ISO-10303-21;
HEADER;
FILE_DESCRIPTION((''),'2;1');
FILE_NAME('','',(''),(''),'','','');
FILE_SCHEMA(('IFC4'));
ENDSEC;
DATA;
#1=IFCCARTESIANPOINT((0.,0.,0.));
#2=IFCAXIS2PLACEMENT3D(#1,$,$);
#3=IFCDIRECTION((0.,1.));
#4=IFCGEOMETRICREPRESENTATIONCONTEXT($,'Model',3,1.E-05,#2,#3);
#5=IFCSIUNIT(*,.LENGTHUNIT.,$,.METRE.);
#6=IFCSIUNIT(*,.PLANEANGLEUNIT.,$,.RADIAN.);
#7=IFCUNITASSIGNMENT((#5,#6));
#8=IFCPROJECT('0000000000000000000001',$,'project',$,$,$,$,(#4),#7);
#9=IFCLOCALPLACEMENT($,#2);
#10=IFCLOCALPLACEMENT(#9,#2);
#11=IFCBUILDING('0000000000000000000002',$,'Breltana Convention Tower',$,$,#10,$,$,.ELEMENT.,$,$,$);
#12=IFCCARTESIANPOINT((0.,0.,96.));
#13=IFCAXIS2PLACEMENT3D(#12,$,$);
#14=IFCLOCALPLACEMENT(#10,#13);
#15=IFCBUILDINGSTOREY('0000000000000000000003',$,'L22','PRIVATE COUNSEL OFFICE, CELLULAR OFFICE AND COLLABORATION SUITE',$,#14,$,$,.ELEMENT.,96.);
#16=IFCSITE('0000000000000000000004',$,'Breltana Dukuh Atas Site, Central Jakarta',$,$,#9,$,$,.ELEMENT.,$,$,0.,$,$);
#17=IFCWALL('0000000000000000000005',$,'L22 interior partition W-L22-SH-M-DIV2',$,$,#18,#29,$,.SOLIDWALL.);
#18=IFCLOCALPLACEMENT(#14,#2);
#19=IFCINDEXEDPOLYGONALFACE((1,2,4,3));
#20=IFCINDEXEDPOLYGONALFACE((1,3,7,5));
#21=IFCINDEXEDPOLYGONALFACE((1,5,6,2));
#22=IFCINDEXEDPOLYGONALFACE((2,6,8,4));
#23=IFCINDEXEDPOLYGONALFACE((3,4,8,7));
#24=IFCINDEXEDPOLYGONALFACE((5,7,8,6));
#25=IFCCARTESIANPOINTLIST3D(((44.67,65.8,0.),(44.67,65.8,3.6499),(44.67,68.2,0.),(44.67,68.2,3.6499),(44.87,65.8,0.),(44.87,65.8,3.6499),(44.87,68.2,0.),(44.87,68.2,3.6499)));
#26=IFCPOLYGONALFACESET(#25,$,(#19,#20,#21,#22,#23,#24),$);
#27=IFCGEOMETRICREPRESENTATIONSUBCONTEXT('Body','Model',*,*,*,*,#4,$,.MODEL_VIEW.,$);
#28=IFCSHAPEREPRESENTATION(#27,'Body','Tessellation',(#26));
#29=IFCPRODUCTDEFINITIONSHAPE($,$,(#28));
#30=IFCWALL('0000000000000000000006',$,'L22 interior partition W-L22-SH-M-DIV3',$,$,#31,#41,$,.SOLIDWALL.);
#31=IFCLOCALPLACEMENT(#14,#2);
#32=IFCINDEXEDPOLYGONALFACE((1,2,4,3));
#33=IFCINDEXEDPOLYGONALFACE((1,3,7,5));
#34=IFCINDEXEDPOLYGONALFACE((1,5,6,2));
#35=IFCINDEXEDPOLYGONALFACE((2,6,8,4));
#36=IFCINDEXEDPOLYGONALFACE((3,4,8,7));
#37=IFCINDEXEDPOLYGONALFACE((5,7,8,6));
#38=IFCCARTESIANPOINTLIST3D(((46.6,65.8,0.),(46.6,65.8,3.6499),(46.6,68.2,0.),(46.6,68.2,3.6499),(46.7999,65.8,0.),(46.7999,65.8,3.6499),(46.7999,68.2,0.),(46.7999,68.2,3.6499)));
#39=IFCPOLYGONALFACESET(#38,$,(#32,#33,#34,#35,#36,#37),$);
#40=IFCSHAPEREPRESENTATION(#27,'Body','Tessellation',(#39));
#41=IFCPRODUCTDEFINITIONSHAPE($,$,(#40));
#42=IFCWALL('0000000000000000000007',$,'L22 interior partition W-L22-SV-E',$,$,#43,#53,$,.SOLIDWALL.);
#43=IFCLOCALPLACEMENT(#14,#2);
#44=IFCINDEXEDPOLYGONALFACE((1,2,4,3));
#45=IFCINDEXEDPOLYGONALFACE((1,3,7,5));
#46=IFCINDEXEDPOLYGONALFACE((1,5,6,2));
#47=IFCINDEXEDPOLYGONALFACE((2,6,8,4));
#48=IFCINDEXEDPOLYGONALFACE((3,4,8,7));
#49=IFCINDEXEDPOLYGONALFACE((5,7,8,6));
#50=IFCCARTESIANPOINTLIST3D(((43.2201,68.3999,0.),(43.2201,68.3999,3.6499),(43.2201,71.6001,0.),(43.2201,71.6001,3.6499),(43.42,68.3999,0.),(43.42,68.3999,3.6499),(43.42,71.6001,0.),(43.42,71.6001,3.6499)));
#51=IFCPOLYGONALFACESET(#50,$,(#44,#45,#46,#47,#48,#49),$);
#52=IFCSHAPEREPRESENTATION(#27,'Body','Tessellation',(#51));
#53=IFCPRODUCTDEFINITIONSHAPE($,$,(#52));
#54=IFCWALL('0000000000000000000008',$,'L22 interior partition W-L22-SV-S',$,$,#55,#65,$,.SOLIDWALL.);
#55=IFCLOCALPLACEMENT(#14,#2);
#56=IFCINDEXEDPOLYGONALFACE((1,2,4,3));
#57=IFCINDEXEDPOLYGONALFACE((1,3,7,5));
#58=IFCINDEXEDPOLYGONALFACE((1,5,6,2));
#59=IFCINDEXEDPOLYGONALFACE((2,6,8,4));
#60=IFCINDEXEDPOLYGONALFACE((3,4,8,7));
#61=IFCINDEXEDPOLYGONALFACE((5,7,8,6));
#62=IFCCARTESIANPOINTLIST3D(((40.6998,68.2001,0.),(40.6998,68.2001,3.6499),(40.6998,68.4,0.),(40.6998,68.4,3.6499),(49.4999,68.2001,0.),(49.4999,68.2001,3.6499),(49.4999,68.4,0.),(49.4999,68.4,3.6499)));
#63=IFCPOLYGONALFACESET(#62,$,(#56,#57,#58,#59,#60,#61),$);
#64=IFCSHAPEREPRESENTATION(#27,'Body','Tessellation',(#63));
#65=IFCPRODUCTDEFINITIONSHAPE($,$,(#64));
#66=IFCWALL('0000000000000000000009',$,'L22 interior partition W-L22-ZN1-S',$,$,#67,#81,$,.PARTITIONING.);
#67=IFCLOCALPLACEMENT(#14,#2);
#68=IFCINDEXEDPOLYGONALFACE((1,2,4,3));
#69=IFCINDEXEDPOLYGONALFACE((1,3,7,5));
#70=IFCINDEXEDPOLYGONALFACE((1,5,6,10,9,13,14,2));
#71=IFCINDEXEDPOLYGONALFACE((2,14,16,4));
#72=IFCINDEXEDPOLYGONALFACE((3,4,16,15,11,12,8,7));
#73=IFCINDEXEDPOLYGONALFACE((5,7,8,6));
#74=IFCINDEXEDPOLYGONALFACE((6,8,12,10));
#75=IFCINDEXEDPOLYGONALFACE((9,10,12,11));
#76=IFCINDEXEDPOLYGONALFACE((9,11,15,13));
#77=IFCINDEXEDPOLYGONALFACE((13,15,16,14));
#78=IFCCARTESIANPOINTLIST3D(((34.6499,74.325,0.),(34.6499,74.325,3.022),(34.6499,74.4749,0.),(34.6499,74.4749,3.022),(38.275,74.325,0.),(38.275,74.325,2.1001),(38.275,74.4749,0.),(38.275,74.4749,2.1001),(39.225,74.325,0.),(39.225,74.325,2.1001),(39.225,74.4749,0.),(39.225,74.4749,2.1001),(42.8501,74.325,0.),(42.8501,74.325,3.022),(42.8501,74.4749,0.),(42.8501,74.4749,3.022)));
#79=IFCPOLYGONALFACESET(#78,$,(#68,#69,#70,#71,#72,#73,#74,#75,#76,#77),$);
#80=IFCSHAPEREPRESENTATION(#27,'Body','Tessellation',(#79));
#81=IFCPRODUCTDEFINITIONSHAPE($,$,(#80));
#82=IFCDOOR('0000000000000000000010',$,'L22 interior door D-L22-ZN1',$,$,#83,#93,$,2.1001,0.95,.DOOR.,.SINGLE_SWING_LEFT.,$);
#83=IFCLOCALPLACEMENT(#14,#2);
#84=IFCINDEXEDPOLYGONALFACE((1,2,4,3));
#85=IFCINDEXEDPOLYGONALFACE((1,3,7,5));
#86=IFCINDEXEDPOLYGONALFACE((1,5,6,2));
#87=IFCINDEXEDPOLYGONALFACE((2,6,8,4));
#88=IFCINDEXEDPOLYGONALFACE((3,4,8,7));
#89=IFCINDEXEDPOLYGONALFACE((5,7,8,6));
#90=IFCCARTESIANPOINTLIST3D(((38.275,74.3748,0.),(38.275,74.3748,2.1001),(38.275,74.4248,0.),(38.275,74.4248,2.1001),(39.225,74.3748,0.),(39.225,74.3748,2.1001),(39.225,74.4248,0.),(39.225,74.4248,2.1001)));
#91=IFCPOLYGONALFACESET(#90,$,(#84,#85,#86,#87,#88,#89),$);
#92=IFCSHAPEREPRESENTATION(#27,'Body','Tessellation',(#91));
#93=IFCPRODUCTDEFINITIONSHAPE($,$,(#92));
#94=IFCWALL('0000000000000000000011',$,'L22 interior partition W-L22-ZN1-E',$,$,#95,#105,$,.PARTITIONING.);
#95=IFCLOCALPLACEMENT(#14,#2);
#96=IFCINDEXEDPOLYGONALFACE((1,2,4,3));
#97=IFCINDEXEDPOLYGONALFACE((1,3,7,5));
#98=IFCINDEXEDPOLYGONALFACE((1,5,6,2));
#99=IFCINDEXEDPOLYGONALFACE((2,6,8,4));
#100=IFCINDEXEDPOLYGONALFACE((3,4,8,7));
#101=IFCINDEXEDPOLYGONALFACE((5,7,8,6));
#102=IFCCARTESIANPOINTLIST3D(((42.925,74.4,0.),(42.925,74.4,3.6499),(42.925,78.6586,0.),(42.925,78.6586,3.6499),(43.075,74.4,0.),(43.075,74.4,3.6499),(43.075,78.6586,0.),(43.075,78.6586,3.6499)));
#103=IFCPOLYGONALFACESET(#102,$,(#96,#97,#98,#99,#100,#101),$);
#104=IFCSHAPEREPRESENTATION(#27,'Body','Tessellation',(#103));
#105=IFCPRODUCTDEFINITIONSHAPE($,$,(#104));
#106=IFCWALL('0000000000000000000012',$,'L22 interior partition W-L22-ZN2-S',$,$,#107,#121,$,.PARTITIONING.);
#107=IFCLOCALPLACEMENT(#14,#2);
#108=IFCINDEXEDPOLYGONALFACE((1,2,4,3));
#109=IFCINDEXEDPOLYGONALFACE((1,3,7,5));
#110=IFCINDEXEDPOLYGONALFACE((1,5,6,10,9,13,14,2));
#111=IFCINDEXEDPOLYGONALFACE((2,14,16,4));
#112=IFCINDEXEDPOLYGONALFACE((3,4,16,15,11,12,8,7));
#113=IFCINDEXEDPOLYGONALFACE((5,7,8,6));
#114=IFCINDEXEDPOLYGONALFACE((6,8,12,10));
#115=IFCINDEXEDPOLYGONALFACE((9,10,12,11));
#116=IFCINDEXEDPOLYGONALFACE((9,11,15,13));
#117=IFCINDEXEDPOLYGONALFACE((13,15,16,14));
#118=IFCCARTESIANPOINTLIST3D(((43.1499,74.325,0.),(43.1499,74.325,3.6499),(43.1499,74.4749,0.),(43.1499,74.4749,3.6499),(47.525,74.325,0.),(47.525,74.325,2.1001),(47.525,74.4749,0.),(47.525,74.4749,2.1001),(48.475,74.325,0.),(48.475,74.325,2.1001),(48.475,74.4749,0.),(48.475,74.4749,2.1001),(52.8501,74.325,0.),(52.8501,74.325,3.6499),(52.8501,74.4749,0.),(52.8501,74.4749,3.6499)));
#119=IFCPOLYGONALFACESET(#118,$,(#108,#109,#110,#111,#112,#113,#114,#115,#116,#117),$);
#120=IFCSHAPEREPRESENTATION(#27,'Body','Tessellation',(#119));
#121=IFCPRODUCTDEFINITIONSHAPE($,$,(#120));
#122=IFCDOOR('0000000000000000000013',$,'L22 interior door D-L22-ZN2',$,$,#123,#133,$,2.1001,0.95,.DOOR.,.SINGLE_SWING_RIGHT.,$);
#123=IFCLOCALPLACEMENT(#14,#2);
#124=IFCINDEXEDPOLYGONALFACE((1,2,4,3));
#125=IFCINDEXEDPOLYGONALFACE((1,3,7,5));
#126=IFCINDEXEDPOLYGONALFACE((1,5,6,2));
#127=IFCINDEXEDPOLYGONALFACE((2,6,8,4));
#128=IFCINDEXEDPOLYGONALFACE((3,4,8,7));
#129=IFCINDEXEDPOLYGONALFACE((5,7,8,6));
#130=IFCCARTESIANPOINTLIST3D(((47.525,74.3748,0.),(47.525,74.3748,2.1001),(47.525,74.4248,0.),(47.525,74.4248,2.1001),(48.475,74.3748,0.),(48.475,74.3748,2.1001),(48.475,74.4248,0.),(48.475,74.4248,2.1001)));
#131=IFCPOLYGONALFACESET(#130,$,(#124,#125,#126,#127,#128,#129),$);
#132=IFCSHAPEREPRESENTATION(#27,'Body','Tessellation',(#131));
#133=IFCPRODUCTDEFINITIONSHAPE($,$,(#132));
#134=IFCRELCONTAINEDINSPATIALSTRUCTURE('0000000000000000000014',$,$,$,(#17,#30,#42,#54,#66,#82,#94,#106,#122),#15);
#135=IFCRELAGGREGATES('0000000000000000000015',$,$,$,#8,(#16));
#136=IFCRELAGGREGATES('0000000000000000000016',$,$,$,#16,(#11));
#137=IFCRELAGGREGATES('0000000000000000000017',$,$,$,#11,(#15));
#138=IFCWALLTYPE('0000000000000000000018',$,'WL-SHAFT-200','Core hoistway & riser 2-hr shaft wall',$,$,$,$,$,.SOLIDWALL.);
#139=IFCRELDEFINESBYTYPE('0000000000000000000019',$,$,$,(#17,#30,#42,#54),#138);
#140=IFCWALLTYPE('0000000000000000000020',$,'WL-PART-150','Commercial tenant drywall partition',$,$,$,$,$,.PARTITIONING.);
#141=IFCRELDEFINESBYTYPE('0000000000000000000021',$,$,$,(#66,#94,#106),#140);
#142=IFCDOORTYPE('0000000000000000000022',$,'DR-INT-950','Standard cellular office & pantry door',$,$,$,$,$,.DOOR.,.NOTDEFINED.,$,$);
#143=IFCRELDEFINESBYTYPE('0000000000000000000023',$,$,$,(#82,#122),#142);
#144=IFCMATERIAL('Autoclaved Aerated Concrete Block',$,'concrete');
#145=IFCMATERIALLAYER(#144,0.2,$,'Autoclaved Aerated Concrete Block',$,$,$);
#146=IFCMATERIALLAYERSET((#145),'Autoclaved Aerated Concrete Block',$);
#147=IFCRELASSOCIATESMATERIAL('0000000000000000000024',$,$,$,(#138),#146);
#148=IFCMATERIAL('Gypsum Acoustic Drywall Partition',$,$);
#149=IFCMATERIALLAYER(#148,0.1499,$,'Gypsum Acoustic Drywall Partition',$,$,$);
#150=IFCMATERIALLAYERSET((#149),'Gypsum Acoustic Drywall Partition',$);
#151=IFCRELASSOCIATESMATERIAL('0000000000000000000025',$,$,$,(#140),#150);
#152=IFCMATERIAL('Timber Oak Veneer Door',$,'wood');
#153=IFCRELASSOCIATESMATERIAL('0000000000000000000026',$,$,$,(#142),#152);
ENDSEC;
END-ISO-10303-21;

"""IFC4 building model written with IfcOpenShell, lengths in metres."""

from ifc_helpers import new_model, si_unit, direction, frame, frame_2d, origin, place, context, subcontext, project, spatial, rectangle, extrude, source, transform, mapped, material, layer, layer_set, type_object, type_shapes, element, fill, save


model = new_model("IFC4")

# Units and contexts
model_context = context("Model", 3, precision=1e-05, world=origin(), true_north=direction((0.0, 1.0)))
body_context = subcontext(model_context, "Body", "Model", "MODEL_VIEW")
ifc_project = project(units=[si_unit("LENGTHUNIT", "METRE"), si_unit("PLANEANGLEUNIT", "RADIAN")], contexts=[model_context])

# Site, building, storey
site_placement = place(None, origin())
site = spatial("IfcSite", under=ifc_project, at=site_placement, Name="Breltana Dukuh Atas Site, Central Jakarta", CompositionType="ELEMENT", RefElevation=0.0)
building_placement = place(site_placement, origin())
building = spatial("IfcBuilding", under=site, at=building_placement, Name="Breltana Convention Tower", CompositionType="ELEMENT")
storey_placement = place(building_placement, frame((0.0, 0.0, 96.0)))
storey = spatial("IfcBuildingStorey", under=building, at=storey_placement, Name="L22", Description="PRIVATE COUNSEL OFFICE, CELLULAR OFFICE AND COLLABORATION SUITE", CompositionType="ELEMENT", Elevation=96.0)

# Walls
ifc_material_1 = material(Name="Autoclaved Aerated Concrete Block", Category="concrete")
ifc_layer_1 = layer(ifc_material_1, 0.2, Name="Autoclaved Aerated Concrete Block")
ifc_layer_set_1 = layer_set([ifc_layer_1], Name="Autoclaved Aerated Concrete Block")
wall_type_1 = type_object("IfcWallType", Name="WL-SHAFT-200", Description="Core hoistway & riser 2-hr shaft wall", PredefinedType="SOLIDWALL", material=ifc_layer_set_1)
shared_shape_1 = source(origin(), body_context, "Body", "SweptSolid", [
    extrude(rectangle(XDim=2.3999, YDim=0.2, at=frame_2d((1.2, 0.0))), origin(), (0.0, 0.0, 1.0), 3.6499),
])
for number, where, z_axis, x_axis, name in (
    (1, (44.77, 65.8, 0.0), (0.0, 0.0, 1.0), (0.0, 1.0, 0.0), "L22 interior partition W-L22-SH-M-DIV2"),
    (2, (46.7, 65.8, 0.0), (0.0, 0.0, 1.0), (0.0, 1.0, 0.0), "L22 interior partition W-L22-SH-M-DIV3"),
):
    element("IfcWall", number, at=place(storey_placement, frame(where, z_axis=z_axis, x_axis=x_axis)), inside=storey, type_object=wall_type_1, Name=name, PredefinedType="SOLIDWALL", context=body_context, shape_type="MappedRepresentation", body=[
        mapped(shared_shape_1, transform((0.0, 0.0, 0.0), scale=1.0)),
    ])
shared_shape_2 = source(origin(), body_context, "Body", "SweptSolid", [
    extrude(rectangle(XDim=3.2002, YDim=0.2, at=frame_2d((1.6001, 0.0))), origin(), (0.0, 0.0, 1.0), 3.6499),
])
wall_1_placement = place(storey_placement, frame((43.3201, 68.3999, 0.0), z_axis=(0.0, 0.0, 1.0), x_axis=(0.0, 1.0, 0.0)))
element("IfcWall", 3, at=wall_1_placement, inside=storey, type_object=wall_type_1, Name="L22 interior partition W-L22-SV-E", PredefinedType="SOLIDWALL", context=body_context, shape_type="MappedRepresentation", body=[
    mapped(shared_shape_2, transform((0.0, 0.0, 0.0), scale=1.0)),
])
shared_shape_3 = source(origin(), body_context, "Body", "SweptSolid", [
    extrude(rectangle(XDim=8.8, YDim=0.2, at=frame_2d((4.3999, 0.0))), origin(), (0.0, 0.0, 1.0), 3.6499),
])
wall_2_placement = place(storey_placement, frame((40.7, 68.3, 0.0), z_axis=(0.0, 0.0, 1.0), x_axis=(1.0, 0.0, 0.0)))
element("IfcWall", 4, at=wall_2_placement, inside=storey, type_object=wall_type_1, Name="L22 interior partition W-L22-SV-S", PredefinedType="SOLIDWALL", context=body_context, shape_type="MappedRepresentation", body=[
    mapped(shared_shape_3, transform((0.0, 0.0, 0.0), scale=1.0)),
])

# Wall, opening, door
ifc_material_2 = material(Name="Gypsum Acoustic Drywall Partition")
ifc_layer_2 = layer(ifc_material_2, 0.1499, Name="Gypsum Acoustic Drywall Partition")
ifc_layer_set_2 = layer_set([ifc_layer_2], Name="Gypsum Acoustic Drywall Partition")
wall_type_2 = type_object("IfcWallType", Name="WL-PART-150", Description="Commercial tenant drywall partition", PredefinedType="PARTITIONING", material=ifc_layer_set_2)
shared_shape_4 = source(origin(), body_context, "Body", "SweptSolid", [
    extrude(rectangle(XDim=8.2002, YDim=0.1499, at=frame_2d((4.1001, 0.0))), origin(), (0.0, 0.0, 1.0), 3.022),
])
wall_3_placement = place(storey_placement, frame((34.6499, 74.3999, 0.0), z_axis=(0.0, 0.0, 1.0), x_axis=(1.0, 0.0, 0.0)))
wall_3 = element("IfcWall", 5, at=wall_3_placement, inside=storey, type_object=wall_type_2, Name="L22 interior partition W-L22-ZN1-S", PredefinedType="PARTITIONING", context=body_context, shape_type="MappedRepresentation", body=[
    mapped(shared_shape_4, transform((0.0, 0.0, 0.0), scale=1.0)),
])
opening_1_placement = place(wall_3_placement, frame((3.625, 0.0, 0.0)))
opening_1 = element("IfcOpeningElement", 6, at=opening_1_placement, cuts=wall_3, PredefinedType="OPENING", context=body_context, shape_type="SweptSolid", body=[
    extrude(rectangle(XDim=0.95, YDim=2.1001, at=frame_2d((0.4751, 1.05))), frame((0.0, 0.085, 0.0), z_axis=(0.0, -1.0, 0.0), x_axis=(1.0, 0.0, 0.0)), (0.0, 0.0, 1.0), 0.1699),
])
ifc_material_3 = material(Name="Timber Oak Veneer Door", Category="wood")
door_type_1 = type_object("IfcDoorType", Name="DR-INT-950", Description="Standard cellular office & pantry door", OperationType="NOTDEFINED", PredefinedType="DOOR", material=ifc_material_3)
shared_shape_5 = source(origin(), body_context, "Body", "SweptSolid", [
    extrude(rectangle(XDim=0.95, YDim=2.1001, at=frame_2d((0.4751, 1.05))), frame((0.0, 0.0249, 0.0), z_axis=(0.0, -1.0, 0.0), x_axis=(1.0, 0.0, 0.0)), (0.0, 0.0, 1.0), 0.05),
])
type_shapes(door_type_1, [shared_shape_5])
door_1_placement = place(opening_1_placement, origin())
door_1 = element("IfcDoor", 7, at=door_1_placement, inside=storey, type_object=door_type_1, Name="L22 interior door D-L22-ZN1", OperationType="SINGLE_SWING_LEFT", OverallHeight=2.1001, OverallWidth=0.95, PredefinedType="DOOR", context=body_context, shape_type="MappedRepresentation", body=[
    mapped(shared_shape_5, transform((0.0, 0.0, 0.0), scale=1.0)),
])
fill(opening_1, door_1)

# Wall
shared_shape_6 = source(origin(), body_context, "Body", "SweptSolid", [
    extrude(rectangle(XDim=4.2585, YDim=0.1499, at=frame_2d((2.1294, 0.0))), origin(), (0.0, 0.0, 1.0), 3.6499),
])
wall_4_placement = place(storey_placement, frame((43.0, 74.3999, 0.0), z_axis=(0.0, 0.0, 1.0), x_axis=(0.0, 1.0, 0.0)))
element("IfcWall", 8, at=wall_4_placement, inside=storey, type_object=wall_type_2, Name="L22 interior partition W-L22-ZN1-E", PredefinedType="PARTITIONING", context=body_context, shape_type="MappedRepresentation", body=[
    mapped(shared_shape_6, transform((0.0, 0.0, 0.0), scale=1.0)),
])

# Wall, opening, door
shared_shape_7 = source(origin(), body_context, "Body", "SweptSolid", [
    extrude(rectangle(XDim=9.7002, YDim=0.1499, at=frame_2d((4.8501, 0.0))), origin(), (0.0, 0.0, 1.0), 3.6499),
])
wall_5_placement = place(storey_placement, frame((43.1499, 74.3999, 0.0), z_axis=(0.0, 0.0, 1.0), x_axis=(1.0, 0.0, 0.0)))
wall_5 = element("IfcWall", 9, at=wall_5_placement, inside=storey, type_object=wall_type_2, Name="L22 interior partition W-L22-ZN2-S", PredefinedType="PARTITIONING", context=body_context, shape_type="MappedRepresentation", body=[
    mapped(shared_shape_7, transform((0.0, 0.0, 0.0), scale=1.0)),
])
opening_2_placement = place(wall_5_placement, frame((4.375, 0.0, 0.0)))
opening_2 = element("IfcOpeningElement", 10, at=opening_2_placement, cuts=wall_5, PredefinedType="OPENING", context=body_context, shape_type="SweptSolid", body=[
    extrude(rectangle(XDim=0.95, YDim=2.1001, at=frame_2d((0.4751, 1.05))), frame((0.0, 0.085, 0.0), z_axis=(0.0, -1.0, 0.0), x_axis=(1.0, 0.0, 0.0)), (0.0, 0.0, 1.0), 0.1699),
])
door_2_placement = place(opening_2_placement, origin())
door_2 = element("IfcDoor", 11, at=door_2_placement, inside=storey, type_object=door_type_1, Name="L22 interior door D-L22-ZN2", OperationType="SINGLE_SWING_RIGHT", OverallHeight=2.1001, OverallWidth=0.95, PredefinedType="DOOR", context=body_context, shape_type="MappedRepresentation", body=[
    mapped(shared_shape_5, transform((0.0, 0.0, 0.0), scale=1.0)),
])
fill(opening_2, door_2)

save(model, "model.ifc")
